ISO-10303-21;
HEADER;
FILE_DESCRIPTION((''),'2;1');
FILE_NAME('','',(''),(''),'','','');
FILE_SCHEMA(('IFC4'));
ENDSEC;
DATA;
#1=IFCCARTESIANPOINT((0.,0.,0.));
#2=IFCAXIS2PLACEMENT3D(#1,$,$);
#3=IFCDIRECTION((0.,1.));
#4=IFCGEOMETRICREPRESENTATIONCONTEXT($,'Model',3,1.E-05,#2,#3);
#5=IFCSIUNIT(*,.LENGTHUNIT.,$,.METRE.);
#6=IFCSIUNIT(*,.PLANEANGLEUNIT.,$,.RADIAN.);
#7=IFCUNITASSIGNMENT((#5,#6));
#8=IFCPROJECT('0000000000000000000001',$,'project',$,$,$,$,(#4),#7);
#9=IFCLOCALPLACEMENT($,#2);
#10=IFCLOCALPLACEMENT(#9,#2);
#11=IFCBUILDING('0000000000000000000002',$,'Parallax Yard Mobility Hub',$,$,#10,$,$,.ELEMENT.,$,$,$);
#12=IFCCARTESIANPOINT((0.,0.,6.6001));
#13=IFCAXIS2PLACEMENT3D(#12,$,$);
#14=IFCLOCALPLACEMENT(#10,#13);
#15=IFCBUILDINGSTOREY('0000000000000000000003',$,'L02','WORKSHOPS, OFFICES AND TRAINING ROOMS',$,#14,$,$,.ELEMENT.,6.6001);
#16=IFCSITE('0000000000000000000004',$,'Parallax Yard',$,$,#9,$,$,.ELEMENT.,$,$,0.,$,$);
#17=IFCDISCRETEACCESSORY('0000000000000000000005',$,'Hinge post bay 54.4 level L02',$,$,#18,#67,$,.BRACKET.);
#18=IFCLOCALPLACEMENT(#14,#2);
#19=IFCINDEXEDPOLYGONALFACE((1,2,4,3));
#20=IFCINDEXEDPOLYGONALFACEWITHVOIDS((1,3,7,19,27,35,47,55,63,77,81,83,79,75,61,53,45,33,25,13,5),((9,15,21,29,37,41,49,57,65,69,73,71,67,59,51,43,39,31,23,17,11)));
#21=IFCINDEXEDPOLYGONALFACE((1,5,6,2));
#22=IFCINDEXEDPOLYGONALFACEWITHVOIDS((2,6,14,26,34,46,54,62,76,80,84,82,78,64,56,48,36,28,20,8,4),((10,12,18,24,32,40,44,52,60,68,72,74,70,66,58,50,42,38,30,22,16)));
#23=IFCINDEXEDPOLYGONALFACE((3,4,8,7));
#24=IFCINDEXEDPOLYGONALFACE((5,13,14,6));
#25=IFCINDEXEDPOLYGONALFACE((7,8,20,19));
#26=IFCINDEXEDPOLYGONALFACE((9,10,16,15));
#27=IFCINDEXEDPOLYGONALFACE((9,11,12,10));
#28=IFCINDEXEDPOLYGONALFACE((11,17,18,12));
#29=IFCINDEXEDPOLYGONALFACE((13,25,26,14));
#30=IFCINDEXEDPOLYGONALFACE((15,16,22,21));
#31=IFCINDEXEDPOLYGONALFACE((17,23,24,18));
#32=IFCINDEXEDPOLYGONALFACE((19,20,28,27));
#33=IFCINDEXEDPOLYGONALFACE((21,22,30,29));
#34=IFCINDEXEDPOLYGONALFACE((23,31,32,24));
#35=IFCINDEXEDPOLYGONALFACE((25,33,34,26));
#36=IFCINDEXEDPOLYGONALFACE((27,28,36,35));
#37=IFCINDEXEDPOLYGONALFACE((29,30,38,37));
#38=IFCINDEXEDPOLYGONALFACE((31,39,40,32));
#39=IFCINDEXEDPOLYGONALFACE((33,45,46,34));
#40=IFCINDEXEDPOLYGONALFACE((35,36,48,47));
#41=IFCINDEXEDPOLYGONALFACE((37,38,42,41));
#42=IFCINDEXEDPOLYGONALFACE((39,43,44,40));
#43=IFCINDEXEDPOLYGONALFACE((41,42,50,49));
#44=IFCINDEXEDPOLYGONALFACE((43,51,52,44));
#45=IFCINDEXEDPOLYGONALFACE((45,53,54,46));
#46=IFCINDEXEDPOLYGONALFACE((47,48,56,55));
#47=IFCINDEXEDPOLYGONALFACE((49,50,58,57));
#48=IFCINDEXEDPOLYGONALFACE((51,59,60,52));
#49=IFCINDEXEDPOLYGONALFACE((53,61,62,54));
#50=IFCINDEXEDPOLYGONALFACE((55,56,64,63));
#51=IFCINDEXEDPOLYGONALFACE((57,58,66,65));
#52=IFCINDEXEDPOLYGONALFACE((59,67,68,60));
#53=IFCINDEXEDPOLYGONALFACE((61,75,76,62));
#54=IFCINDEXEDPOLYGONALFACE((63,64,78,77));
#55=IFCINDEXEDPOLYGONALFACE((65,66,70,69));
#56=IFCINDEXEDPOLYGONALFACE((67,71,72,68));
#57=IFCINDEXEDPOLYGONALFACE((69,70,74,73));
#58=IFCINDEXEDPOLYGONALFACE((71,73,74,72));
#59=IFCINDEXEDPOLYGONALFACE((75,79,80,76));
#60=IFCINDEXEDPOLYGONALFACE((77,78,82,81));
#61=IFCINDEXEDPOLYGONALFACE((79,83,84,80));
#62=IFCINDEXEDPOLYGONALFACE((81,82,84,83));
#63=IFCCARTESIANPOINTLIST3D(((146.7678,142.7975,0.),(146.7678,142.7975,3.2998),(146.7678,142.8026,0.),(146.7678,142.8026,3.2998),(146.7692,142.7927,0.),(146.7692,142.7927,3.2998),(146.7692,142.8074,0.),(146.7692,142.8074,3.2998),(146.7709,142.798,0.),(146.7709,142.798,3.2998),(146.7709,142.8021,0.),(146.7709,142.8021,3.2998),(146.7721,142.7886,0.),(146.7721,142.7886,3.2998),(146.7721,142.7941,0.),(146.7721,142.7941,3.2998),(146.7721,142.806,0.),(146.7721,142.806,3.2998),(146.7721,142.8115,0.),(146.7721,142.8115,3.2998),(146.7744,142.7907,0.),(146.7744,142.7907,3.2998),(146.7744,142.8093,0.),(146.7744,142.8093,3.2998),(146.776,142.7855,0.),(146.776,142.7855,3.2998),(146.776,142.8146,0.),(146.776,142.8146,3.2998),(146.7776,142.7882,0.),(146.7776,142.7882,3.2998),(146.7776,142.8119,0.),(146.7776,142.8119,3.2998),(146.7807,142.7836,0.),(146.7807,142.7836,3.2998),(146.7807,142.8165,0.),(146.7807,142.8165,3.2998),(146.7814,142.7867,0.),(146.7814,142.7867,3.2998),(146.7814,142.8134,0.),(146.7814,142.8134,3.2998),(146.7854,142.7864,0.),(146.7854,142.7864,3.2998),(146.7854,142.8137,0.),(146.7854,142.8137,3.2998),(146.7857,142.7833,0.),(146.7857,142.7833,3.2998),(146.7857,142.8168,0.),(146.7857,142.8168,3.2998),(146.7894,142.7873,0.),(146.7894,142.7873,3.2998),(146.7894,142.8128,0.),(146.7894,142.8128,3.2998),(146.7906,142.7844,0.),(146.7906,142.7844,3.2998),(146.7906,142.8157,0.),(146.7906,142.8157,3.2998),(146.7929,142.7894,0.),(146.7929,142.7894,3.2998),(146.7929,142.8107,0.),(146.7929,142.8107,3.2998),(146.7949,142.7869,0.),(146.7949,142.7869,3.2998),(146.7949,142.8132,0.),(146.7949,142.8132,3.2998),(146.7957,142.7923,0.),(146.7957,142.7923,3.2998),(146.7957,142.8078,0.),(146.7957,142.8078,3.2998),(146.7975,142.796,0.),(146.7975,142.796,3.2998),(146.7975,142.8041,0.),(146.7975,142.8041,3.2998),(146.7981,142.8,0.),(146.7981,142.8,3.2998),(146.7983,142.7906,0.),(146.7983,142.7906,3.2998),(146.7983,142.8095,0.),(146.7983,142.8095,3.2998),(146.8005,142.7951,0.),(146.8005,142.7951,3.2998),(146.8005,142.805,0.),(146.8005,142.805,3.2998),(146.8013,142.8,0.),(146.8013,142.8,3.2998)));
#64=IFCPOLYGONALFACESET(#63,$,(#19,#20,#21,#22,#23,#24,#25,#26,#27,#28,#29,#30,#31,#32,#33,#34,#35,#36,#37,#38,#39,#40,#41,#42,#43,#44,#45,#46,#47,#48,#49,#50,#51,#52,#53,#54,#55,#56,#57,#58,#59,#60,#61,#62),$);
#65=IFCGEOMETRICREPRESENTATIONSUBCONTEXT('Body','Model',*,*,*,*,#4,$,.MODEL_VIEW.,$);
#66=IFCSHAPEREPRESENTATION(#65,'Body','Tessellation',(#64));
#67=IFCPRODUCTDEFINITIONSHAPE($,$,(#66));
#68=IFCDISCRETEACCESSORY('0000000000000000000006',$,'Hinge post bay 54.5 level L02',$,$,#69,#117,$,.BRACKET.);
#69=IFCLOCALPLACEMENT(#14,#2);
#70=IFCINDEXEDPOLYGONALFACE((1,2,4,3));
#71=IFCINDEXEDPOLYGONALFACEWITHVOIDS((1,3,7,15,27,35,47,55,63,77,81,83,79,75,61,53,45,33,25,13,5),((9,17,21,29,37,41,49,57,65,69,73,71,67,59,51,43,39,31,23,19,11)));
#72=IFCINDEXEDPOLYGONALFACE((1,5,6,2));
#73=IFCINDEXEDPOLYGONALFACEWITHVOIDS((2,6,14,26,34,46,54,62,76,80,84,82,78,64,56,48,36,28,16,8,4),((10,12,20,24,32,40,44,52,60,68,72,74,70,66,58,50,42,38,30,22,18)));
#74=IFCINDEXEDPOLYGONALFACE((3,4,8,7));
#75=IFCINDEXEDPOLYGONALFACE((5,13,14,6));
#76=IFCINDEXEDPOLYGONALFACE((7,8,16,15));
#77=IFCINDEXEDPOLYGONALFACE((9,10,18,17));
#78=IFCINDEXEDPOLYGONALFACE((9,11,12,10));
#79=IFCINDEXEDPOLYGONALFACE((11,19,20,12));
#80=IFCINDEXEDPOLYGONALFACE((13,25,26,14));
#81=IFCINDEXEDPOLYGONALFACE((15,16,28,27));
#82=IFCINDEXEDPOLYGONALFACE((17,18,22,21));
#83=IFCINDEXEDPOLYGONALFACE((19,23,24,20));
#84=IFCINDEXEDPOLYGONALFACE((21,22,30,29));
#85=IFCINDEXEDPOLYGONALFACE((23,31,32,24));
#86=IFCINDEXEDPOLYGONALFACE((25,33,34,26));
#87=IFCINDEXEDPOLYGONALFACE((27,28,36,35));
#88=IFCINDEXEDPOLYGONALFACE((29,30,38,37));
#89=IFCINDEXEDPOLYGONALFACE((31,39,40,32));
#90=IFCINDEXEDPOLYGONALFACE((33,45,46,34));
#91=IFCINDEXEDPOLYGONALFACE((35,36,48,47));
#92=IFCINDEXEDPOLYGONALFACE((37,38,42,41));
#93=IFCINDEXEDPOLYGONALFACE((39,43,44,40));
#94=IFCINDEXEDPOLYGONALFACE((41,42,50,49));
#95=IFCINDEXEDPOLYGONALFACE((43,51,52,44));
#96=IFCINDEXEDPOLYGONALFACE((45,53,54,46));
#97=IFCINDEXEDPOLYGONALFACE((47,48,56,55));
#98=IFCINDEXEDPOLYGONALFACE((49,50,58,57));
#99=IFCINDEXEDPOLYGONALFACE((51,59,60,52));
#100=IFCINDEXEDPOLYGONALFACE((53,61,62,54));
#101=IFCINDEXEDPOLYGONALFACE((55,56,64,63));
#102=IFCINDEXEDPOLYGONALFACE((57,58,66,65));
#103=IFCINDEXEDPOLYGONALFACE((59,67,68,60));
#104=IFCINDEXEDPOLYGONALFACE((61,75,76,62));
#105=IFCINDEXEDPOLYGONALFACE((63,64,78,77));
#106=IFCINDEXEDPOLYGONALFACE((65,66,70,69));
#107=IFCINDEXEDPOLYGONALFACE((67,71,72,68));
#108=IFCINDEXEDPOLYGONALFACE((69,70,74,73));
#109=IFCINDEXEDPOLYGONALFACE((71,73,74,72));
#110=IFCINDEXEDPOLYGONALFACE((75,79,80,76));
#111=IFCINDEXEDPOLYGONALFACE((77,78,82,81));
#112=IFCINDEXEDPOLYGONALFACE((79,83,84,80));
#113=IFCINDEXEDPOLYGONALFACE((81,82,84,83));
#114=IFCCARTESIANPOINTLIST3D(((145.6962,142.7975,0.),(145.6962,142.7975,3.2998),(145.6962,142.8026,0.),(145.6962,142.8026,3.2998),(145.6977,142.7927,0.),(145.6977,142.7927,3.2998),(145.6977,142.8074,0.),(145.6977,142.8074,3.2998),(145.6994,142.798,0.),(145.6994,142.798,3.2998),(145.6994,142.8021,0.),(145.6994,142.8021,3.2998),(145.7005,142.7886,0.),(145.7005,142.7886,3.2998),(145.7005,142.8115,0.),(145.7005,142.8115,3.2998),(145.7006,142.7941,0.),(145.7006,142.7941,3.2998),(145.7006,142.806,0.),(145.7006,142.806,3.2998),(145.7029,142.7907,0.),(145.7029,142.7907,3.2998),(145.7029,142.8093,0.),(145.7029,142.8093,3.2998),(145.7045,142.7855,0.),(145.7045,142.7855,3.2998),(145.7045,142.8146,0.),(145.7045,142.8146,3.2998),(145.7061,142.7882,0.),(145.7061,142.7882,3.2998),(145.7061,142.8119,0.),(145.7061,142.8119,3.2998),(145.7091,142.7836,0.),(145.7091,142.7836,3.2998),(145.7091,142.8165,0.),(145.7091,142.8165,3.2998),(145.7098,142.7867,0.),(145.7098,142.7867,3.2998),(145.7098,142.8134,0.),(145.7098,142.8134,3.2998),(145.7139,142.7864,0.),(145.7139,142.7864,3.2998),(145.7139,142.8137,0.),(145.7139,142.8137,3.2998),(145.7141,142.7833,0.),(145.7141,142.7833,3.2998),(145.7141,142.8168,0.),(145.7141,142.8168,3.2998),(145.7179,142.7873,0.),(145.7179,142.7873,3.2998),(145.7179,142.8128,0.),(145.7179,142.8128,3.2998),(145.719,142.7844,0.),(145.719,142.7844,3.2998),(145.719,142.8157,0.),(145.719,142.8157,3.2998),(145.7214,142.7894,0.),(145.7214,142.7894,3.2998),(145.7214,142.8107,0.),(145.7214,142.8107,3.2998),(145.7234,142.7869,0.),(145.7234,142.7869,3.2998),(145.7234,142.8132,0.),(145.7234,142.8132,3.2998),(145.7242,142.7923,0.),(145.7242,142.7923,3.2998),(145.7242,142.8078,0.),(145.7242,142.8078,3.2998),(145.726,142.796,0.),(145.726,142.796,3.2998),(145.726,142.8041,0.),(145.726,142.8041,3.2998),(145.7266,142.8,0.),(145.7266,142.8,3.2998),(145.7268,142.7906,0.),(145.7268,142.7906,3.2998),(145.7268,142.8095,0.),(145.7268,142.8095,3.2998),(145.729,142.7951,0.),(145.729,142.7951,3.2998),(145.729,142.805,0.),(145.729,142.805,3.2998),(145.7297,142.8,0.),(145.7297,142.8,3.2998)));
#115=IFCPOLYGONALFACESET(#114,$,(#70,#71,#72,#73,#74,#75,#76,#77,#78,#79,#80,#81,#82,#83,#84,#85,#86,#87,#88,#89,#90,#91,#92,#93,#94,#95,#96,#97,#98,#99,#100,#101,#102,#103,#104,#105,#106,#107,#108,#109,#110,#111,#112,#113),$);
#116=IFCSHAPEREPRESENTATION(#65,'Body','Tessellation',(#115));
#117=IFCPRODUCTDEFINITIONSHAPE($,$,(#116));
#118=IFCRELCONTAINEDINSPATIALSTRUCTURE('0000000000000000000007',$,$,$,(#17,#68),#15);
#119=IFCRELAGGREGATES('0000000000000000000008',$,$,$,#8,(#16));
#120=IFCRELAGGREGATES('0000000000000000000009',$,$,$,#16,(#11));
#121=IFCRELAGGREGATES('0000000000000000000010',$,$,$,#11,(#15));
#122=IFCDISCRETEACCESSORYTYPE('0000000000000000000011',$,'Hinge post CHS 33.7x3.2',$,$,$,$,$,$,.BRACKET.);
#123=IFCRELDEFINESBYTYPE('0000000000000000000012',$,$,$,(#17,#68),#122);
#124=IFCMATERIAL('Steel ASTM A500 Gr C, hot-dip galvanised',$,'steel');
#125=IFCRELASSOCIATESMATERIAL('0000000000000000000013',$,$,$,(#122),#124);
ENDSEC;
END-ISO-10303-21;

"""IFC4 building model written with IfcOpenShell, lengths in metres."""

from ifc_helpers import new_model, si_unit, direction, frame, origin, origin_2d, place, context, subcontext, project, spatial, hollow_circle, extrude, material, material_profile, profile_set, type_object, element, save


model = new_model("IFC4")

# Units and contexts
model_context = context("Model", 3, precision=1e-05, world=origin(), true_north=direction((0.0, 1.0)))
body_context = subcontext(model_context, "Body", "Model", "MODEL_VIEW")
ifc_project = project(units=[si_unit("LENGTHUNIT", "METRE"), si_unit("PLANEANGLEUNIT", "RADIAN")], contexts=[model_context])

# Site, building, storey
site_placement = place(None, origin())
site = spatial("IfcSite", under=ifc_project, at=site_placement, Name="Parallax Yard", CompositionType="ELEMENT", RefElevation=0.0)
building_placement = place(site_placement, origin())
building = spatial("IfcBuilding", under=site, at=building_placement, Name="Parallax Yard Mobility Hub", CompositionType="ELEMENT")
storey_placement = place(building_placement, frame((0.0, 0.0, 6.6001)))
storey = spatial("IfcBuildingStorey", under=building, at=storey_placement, Name="L02", Description="WORKSHOPS, OFFICES AND TRAINING ROOMS", CompositionType="ELEMENT", Elevation=6.6001)

# Discrete accessories
ifc_material_1 = material(Name="Steel ASTM A500 Gr C, hot-dip galvanised", Category="steel")
ifc_material_profile_1 = material_profile(ifc_material_1, hollow_circle(Radius=0.0168, WallThickness=0.0032, at=origin_2d()), Name="CHS 33.7x3.2")
ifc_profile_set_1 = profile_set([ifc_material_profile_1], Name="Steel ASTM A500 Gr C, hot-dip galvanised")
discrete_accessory_type_1 = type_object("IfcDiscreteAccessoryType", Name="Hinge post CHS 33.7x3.2", PredefinedType="BRACKET", material=ifc_profile_set_1)
for number, where, z_axis, x_axis, name in (
    (1, (146.7844, 142.8, 0.0), (0.0, 0.0, 1.0), (1.0, 0.0, 0.0), "Hinge post bay 54.4 level L02"),
    (2, (145.7129, 142.8, 0.0), (0.0, 0.0, 1.0), (1.0, 0.0, 0.0), "Hinge post bay 54.5 level L02"),
):
    element("IfcDiscreteAccessory", number, at=place(storey_placement, frame(where, z_axis=z_axis, x_axis=x_axis)), inside=storey, type_object=discrete_accessory_type_1, Name=name, PredefinedType="BRACKET", context=body_context, shape_type="SweptSolid", body=[
        extrude(hollow_circle(Radius=0.0168, WallThickness=0.0032, at=origin_2d()), origin(), (0.0, 0.0, 1.0), 3.2998),
    ])

save(model, "model.ifc")
